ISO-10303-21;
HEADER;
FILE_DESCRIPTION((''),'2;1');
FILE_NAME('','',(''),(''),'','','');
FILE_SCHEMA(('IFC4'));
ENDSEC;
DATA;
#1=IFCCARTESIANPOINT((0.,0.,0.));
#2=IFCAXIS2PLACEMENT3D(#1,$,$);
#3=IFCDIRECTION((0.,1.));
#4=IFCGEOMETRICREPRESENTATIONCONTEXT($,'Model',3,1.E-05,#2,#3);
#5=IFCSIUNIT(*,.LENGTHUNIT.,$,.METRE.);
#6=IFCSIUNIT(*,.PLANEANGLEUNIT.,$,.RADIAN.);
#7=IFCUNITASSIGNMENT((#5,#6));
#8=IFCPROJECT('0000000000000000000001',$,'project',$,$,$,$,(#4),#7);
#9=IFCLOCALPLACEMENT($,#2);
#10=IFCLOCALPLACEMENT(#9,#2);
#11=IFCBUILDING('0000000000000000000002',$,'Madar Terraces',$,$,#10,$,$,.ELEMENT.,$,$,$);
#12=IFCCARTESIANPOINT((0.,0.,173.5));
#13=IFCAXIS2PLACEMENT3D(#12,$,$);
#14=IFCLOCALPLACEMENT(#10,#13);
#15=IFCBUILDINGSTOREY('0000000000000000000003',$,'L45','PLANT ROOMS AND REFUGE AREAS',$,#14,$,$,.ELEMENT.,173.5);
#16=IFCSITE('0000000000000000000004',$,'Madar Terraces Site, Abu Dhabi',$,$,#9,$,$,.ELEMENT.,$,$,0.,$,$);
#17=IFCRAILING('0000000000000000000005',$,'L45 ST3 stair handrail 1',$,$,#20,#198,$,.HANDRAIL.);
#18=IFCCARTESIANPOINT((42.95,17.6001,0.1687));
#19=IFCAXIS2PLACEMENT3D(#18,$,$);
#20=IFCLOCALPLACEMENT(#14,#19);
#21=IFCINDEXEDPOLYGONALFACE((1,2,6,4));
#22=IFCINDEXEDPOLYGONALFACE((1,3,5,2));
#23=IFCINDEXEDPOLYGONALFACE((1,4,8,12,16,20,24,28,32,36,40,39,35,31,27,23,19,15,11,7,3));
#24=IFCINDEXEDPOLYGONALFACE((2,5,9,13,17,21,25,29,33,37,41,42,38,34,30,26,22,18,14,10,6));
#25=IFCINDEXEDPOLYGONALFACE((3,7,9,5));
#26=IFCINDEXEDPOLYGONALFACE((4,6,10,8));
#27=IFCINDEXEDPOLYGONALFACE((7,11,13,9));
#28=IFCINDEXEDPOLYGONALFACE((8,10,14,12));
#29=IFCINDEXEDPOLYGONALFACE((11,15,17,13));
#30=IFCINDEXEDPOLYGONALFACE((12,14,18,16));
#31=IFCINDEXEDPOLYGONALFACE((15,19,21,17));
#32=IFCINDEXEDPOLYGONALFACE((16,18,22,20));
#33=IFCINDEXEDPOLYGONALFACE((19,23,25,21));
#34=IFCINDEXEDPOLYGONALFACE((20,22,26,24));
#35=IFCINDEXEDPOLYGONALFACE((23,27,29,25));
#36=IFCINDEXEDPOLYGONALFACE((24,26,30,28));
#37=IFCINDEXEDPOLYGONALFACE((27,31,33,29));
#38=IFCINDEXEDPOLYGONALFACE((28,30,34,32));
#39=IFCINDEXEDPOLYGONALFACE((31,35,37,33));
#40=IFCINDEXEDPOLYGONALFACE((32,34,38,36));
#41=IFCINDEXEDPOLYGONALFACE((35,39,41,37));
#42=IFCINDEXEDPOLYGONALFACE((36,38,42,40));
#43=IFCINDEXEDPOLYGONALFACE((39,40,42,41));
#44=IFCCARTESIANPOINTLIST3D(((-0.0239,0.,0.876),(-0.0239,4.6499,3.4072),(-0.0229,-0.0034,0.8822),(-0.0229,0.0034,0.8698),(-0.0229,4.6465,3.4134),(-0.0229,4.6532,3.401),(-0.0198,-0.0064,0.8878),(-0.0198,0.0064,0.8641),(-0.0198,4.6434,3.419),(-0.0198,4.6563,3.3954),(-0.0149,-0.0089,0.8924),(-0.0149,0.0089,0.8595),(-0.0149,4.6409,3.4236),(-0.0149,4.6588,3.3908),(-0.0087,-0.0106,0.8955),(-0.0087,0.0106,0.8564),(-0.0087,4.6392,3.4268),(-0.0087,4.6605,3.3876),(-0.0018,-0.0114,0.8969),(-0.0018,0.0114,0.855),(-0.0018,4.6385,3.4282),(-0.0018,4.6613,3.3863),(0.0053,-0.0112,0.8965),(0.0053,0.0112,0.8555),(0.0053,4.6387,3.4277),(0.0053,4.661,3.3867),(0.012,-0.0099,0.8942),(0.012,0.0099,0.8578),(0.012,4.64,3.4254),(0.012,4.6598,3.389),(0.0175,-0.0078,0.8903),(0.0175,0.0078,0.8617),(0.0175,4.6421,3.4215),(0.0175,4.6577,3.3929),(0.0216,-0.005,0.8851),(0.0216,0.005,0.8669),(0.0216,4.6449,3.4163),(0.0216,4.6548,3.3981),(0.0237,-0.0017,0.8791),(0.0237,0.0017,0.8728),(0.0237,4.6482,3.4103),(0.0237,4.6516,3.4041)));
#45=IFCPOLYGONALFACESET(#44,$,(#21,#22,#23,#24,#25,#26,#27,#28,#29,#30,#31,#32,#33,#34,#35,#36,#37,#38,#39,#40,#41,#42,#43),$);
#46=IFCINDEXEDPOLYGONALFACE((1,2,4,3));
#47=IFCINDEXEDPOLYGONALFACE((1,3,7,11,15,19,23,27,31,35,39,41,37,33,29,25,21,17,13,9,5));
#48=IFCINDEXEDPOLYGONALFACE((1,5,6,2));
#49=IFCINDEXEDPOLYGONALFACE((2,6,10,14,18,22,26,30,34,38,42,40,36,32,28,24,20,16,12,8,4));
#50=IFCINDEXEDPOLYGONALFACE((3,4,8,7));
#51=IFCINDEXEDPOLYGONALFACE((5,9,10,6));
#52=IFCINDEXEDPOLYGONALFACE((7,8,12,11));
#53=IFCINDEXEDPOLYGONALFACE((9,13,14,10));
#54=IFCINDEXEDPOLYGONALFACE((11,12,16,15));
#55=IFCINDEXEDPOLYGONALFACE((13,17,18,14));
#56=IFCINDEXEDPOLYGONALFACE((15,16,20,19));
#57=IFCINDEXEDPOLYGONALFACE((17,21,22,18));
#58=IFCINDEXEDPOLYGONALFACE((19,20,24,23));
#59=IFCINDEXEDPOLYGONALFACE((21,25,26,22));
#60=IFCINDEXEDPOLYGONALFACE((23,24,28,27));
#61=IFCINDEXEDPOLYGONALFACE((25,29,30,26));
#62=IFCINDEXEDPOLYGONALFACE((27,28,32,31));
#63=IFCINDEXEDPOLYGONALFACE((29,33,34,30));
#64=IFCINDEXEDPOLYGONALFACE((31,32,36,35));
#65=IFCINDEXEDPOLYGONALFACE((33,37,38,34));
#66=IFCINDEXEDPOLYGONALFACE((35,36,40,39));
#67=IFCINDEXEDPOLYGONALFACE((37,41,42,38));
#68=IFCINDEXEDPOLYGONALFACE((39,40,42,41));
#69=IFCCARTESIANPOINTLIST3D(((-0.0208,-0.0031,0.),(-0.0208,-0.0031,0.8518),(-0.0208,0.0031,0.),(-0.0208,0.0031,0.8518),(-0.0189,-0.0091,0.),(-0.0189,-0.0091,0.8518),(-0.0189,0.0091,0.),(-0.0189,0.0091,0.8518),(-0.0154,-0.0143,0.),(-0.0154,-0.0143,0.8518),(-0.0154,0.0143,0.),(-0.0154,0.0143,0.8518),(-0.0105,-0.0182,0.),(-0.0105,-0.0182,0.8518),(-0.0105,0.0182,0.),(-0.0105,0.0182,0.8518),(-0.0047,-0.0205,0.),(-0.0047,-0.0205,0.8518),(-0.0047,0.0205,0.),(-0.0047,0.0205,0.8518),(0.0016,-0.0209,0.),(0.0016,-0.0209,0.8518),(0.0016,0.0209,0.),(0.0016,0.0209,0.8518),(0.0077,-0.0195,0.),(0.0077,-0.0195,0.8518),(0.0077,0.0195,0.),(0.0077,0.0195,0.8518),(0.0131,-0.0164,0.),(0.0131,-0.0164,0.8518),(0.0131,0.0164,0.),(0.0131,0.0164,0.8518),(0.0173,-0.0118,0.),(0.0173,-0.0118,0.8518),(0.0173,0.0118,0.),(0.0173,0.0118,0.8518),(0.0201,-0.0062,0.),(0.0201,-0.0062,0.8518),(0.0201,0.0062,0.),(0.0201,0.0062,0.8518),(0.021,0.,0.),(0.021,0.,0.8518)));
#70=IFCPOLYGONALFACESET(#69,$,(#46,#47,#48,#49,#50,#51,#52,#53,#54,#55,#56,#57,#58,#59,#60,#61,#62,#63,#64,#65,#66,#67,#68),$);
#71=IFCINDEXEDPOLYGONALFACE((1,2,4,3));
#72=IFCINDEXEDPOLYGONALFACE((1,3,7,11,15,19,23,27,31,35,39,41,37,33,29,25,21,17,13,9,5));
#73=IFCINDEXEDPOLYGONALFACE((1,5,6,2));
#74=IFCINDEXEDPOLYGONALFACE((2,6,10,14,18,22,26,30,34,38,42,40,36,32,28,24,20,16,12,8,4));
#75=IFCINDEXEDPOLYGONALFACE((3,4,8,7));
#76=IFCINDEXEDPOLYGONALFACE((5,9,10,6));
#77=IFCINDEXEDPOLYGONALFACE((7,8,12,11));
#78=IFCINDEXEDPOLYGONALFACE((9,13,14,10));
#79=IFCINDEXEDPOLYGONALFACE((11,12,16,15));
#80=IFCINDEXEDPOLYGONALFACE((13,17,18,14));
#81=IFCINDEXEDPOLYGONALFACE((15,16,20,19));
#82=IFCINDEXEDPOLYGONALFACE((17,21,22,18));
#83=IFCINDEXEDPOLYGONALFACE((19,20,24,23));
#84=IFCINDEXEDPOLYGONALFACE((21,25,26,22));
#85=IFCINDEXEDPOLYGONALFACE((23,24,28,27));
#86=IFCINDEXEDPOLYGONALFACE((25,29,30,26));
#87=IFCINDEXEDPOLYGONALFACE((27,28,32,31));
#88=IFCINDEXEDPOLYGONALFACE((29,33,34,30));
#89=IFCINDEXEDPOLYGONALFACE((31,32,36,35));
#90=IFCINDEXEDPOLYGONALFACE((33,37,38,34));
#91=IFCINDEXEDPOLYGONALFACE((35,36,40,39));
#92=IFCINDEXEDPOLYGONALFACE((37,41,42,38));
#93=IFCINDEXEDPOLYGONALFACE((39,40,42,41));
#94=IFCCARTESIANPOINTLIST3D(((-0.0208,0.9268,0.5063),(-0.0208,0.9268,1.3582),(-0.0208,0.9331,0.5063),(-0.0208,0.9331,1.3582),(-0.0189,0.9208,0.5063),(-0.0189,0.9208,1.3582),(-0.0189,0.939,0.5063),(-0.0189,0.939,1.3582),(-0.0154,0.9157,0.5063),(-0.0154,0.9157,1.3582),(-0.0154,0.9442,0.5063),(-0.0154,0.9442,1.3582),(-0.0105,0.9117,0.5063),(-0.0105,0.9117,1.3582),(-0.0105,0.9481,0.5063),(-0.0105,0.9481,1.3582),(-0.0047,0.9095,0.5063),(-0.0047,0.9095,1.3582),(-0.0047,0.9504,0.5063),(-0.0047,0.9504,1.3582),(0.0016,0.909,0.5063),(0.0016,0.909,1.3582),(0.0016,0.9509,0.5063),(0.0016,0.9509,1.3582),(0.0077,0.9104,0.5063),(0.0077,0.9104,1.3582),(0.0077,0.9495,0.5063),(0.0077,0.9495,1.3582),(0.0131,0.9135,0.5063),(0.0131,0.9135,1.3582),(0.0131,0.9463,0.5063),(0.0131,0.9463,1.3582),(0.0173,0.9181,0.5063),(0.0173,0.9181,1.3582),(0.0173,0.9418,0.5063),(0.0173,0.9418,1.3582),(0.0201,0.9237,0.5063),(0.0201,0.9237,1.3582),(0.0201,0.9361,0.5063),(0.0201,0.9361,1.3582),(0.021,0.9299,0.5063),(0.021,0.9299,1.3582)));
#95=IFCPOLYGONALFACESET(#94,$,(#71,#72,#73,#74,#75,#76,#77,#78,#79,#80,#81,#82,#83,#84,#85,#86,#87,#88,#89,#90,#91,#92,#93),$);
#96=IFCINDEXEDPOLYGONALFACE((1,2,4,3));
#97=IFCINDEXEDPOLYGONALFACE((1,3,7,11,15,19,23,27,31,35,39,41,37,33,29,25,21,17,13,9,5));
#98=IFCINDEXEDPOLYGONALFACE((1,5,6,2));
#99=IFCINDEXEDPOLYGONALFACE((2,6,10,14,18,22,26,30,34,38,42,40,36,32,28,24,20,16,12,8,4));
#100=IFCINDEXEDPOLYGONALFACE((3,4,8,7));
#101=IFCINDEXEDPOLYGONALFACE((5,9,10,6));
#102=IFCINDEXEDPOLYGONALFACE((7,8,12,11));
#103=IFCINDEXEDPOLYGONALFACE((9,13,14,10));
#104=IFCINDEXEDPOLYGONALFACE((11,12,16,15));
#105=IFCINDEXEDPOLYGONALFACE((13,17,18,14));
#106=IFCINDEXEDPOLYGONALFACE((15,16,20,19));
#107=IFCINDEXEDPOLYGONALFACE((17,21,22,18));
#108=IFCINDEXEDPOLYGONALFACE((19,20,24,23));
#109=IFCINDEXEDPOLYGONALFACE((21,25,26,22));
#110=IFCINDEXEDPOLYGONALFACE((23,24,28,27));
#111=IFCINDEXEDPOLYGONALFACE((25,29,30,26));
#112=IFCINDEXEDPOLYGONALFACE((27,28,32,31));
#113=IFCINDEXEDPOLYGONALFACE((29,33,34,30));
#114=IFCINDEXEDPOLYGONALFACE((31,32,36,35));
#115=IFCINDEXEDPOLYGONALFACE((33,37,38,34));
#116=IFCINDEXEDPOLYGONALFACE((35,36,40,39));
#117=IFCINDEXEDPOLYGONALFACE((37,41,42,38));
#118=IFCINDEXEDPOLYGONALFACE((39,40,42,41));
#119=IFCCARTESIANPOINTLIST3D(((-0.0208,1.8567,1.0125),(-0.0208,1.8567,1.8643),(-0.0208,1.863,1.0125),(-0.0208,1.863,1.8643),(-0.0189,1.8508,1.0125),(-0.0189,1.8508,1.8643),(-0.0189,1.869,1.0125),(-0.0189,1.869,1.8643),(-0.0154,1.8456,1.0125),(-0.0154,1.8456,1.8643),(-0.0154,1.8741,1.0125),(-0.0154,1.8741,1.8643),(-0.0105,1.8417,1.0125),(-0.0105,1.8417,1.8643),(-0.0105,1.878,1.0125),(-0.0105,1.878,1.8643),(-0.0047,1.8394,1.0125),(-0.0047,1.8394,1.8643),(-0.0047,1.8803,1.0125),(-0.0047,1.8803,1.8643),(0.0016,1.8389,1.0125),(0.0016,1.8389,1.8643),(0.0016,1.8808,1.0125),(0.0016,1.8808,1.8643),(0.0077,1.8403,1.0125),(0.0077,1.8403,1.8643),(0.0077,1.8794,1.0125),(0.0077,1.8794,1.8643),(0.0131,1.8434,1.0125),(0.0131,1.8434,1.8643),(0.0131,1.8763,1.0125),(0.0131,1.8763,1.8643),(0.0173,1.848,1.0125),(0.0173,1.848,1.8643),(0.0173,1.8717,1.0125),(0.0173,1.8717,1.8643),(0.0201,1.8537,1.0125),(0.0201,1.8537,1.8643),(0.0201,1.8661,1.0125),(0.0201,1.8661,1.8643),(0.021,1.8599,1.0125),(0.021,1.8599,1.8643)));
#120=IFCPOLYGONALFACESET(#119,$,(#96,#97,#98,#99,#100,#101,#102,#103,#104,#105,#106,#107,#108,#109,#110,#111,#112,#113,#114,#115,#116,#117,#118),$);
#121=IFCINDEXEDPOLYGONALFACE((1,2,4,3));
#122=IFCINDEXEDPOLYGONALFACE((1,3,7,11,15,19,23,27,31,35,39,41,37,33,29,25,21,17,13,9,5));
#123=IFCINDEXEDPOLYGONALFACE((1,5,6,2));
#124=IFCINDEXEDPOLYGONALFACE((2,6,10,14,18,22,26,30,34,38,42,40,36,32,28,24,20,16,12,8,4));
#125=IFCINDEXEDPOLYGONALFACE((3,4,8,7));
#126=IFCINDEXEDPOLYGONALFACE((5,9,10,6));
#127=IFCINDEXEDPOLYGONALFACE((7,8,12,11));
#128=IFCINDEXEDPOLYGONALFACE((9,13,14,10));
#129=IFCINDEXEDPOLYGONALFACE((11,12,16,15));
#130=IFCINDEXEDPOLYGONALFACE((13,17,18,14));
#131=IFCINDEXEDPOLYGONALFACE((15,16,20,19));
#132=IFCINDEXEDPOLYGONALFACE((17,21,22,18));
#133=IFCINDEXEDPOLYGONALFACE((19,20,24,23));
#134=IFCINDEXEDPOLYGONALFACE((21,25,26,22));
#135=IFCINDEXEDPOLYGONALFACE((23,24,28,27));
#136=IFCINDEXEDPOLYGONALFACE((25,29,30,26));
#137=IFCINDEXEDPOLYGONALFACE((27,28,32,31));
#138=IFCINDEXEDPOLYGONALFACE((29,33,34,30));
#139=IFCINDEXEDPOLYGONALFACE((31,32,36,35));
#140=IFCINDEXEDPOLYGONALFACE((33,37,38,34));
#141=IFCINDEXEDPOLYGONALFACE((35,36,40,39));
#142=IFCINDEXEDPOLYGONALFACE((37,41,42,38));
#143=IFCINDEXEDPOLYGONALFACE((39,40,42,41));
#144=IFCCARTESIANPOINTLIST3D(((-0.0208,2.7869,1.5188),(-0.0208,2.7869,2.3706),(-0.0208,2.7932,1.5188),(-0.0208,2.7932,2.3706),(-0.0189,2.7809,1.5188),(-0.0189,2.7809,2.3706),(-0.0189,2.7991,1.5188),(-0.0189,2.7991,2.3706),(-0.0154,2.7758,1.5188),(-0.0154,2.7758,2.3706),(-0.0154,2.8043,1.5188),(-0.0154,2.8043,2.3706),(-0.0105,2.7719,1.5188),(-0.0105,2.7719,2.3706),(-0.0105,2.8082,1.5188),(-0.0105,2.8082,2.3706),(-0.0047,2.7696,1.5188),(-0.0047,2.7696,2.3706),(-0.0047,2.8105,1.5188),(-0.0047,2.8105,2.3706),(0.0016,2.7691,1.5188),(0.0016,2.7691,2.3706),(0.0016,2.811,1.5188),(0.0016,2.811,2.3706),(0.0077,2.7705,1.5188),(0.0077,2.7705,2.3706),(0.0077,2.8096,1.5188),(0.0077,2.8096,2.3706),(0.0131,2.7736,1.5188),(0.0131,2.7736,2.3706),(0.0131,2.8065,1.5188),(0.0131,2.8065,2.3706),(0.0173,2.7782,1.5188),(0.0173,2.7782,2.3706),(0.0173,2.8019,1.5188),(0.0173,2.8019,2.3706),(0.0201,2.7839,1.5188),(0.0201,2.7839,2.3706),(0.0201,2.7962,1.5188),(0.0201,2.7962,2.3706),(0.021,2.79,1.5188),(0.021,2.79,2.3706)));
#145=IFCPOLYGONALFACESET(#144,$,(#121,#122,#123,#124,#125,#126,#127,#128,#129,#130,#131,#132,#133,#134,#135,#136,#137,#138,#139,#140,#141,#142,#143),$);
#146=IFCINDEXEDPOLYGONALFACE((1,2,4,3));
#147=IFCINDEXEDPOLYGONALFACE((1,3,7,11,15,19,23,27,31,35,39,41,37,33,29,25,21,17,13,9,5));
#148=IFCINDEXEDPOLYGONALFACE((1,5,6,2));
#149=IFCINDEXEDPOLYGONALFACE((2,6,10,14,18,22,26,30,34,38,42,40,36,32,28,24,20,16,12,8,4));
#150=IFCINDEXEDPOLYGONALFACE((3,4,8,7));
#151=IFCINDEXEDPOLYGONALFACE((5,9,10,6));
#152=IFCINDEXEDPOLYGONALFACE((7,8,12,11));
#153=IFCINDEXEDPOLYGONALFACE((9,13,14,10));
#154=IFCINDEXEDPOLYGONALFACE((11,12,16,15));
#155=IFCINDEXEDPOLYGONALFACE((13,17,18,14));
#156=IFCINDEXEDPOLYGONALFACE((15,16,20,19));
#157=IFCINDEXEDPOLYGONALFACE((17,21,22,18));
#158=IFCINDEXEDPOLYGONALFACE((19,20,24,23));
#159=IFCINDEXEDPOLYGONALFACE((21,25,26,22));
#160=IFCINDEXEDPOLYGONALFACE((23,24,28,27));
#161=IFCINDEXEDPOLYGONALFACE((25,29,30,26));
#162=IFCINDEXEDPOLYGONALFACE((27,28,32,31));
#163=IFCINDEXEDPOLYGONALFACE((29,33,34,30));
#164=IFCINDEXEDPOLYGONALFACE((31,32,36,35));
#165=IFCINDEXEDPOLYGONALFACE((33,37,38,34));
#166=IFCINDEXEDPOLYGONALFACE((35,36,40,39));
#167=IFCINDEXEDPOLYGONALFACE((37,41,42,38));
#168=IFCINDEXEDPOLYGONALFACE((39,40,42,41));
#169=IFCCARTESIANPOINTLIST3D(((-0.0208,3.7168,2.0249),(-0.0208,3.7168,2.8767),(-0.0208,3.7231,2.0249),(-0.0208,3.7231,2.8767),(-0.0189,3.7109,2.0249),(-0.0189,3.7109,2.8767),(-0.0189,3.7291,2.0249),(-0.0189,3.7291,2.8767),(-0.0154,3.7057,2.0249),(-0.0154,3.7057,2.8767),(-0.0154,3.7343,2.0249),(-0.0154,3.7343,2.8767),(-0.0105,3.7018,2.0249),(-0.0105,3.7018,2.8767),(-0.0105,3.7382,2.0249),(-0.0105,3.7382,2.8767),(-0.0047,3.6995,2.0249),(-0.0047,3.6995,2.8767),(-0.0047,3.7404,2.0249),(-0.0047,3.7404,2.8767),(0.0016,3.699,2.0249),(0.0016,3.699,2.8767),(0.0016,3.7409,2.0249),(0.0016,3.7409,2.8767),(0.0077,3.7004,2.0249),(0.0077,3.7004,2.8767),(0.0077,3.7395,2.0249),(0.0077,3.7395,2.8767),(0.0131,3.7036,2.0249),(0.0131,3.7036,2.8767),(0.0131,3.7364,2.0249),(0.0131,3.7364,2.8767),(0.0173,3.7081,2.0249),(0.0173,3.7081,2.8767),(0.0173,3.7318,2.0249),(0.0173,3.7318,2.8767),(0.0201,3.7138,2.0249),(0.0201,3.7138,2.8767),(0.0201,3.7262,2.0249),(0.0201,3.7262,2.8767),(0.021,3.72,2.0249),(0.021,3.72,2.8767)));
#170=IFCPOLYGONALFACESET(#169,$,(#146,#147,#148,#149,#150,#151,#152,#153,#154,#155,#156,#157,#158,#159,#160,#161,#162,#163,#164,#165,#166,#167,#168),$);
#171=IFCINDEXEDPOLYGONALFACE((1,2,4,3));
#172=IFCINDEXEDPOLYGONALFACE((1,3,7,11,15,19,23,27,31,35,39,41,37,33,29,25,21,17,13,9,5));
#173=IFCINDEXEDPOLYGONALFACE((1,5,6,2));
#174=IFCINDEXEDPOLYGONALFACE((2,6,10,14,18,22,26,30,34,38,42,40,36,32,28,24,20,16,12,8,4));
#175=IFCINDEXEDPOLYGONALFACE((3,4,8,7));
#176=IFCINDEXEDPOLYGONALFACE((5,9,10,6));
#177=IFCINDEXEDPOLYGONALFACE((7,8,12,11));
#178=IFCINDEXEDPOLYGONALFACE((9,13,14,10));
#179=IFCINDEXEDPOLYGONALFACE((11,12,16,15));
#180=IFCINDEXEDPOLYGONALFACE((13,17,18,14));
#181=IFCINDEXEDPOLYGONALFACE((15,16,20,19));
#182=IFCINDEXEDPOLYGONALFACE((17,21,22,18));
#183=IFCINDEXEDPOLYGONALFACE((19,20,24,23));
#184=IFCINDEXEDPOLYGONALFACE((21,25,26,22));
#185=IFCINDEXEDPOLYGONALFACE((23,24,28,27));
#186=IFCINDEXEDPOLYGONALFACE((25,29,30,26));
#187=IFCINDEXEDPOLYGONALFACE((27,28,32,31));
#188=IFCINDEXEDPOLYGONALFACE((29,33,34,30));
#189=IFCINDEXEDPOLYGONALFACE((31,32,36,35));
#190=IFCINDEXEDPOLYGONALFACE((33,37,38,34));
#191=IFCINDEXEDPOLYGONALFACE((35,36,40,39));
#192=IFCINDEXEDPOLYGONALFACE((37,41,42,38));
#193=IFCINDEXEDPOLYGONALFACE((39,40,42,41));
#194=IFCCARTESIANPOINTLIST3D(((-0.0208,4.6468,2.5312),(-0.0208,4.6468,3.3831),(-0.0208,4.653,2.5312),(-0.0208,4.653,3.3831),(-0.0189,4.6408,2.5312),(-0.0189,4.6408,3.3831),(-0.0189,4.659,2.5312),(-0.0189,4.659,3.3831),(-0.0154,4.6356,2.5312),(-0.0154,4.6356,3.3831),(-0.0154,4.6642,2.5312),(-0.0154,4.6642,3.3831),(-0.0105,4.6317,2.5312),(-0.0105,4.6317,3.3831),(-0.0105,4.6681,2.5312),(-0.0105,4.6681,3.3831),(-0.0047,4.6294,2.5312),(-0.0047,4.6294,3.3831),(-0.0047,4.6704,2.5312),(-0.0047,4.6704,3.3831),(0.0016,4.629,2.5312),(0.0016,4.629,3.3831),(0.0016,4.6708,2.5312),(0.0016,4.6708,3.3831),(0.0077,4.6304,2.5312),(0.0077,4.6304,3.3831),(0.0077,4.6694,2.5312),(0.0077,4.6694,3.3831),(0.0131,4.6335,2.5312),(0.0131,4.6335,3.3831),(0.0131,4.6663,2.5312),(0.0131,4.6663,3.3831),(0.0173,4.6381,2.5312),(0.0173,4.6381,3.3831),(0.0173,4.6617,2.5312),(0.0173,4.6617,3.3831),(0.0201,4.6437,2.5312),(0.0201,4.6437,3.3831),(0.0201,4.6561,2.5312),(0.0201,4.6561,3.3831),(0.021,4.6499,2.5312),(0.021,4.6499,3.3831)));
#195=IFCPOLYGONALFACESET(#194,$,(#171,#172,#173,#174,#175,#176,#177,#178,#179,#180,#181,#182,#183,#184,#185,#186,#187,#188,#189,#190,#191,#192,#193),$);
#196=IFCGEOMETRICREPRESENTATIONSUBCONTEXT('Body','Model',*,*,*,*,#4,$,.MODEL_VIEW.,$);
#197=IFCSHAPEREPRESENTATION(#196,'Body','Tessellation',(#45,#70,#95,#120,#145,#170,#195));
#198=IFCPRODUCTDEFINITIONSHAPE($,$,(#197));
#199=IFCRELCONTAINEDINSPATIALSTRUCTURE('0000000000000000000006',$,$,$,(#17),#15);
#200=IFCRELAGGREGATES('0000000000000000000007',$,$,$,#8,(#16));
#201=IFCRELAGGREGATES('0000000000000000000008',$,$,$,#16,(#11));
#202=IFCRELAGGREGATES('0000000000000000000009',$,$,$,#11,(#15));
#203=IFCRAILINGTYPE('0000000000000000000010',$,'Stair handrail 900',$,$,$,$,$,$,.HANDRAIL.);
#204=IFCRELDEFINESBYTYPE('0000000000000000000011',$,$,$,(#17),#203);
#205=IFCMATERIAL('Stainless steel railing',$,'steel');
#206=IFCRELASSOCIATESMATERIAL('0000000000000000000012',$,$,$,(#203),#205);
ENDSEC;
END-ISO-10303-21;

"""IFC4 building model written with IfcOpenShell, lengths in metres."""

from ifc_helpers import new_model, si_unit, direction, frame, origin, origin_2d, place, context, subcontext, project, spatial, circle, extrude, material, type_object, element, save


model = new_model("IFC4")

# Units and contexts
model_context = context("Model", 3, precision=1e-05, world=origin(), true_north=direction((0.0, 1.0)))
body_context = subcontext(model_context, "Body", "Model", "MODEL_VIEW")
ifc_project = project(units=[si_unit("LENGTHUNIT", "METRE"), si_unit("PLANEANGLEUNIT", "RADIAN")], contexts=[model_context])

# Site, building, storey
site_placement = place(None, origin())
site = spatial("IfcSite", under=ifc_project, at=site_placement, Name="Madar Terraces Site, Abu Dhabi", CompositionType="ELEMENT", RefElevation=0.0)
building_placement = place(site_placement, origin())
building = spatial("IfcBuilding", under=site, at=building_placement, Name="Madar Terraces", CompositionType="ELEMENT")
storey_placement = place(building_placement, frame((0.0, 0.0, 173.5)))
storey = spatial("IfcBuildingStorey", under=building, at=storey_placement, Name="L45", Description="PLANT ROOMS AND REFUGE AREAS", CompositionType="ELEMENT", Elevation=173.5)

# Railing
ifc_material_1 = material(Name="Stainless steel railing", Category="steel")
railing_type_1 = type_object("IfcRailingType", Name="Stair handrail 900", PredefinedType="HANDRAIL", material=ifc_material_1)
railing_1_placement = place(storey_placement, frame((42.95, 17.6001, 0.1687)))
element("IfcRailing", 1, at=railing_1_placement, inside=storey, type_object=railing_type_1, Name="L45 ST3 stair handrail 1", PredefinedType="HANDRAIL", context=body_context, shape_type="SweptSolid", body=[
    extrude(circle(Radius=0.0239, at=origin_2d()), frame((0.0, 0.0, 0.876), z_axis=(0.0, 0.878297, 0.478115), x_axis=(-1.0, 0.0, 0.0)), (0.0, 0.0, 1.0), 5.2942),
    extrude(circle(Radius=0.021, at=origin_2d()), origin(), (0.0, 0.0, 1.0), 0.8518),
    extrude(circle(Radius=0.021, at=origin_2d()), frame((0.0, 0.9299, 0.5063)), (0.0, 0.0, 1.0), 0.8518),
    extrude(circle(Radius=0.021, at=origin_2d()), frame((0.0, 1.8599, 1.0125)), (0.0, 0.0, 1.0), 0.8518),
    extrude(circle(Radius=0.021, at=origin_2d()), frame((0.0, 2.79, 1.5188)), (0.0, 0.0, 1.0), 0.8518),
    extrude(circle(Radius=0.021, at=origin_2d()), frame((0.0, 3.72, 2.0249)), (0.0, 0.0, 1.0), 0.8518),
    extrude(circle(Radius=0.021, at=origin_2d()), frame((0.0, 4.6499, 2.5312)), (0.0, 0.0, 1.0), 0.8518),
])

save(model, "model.ifc")
